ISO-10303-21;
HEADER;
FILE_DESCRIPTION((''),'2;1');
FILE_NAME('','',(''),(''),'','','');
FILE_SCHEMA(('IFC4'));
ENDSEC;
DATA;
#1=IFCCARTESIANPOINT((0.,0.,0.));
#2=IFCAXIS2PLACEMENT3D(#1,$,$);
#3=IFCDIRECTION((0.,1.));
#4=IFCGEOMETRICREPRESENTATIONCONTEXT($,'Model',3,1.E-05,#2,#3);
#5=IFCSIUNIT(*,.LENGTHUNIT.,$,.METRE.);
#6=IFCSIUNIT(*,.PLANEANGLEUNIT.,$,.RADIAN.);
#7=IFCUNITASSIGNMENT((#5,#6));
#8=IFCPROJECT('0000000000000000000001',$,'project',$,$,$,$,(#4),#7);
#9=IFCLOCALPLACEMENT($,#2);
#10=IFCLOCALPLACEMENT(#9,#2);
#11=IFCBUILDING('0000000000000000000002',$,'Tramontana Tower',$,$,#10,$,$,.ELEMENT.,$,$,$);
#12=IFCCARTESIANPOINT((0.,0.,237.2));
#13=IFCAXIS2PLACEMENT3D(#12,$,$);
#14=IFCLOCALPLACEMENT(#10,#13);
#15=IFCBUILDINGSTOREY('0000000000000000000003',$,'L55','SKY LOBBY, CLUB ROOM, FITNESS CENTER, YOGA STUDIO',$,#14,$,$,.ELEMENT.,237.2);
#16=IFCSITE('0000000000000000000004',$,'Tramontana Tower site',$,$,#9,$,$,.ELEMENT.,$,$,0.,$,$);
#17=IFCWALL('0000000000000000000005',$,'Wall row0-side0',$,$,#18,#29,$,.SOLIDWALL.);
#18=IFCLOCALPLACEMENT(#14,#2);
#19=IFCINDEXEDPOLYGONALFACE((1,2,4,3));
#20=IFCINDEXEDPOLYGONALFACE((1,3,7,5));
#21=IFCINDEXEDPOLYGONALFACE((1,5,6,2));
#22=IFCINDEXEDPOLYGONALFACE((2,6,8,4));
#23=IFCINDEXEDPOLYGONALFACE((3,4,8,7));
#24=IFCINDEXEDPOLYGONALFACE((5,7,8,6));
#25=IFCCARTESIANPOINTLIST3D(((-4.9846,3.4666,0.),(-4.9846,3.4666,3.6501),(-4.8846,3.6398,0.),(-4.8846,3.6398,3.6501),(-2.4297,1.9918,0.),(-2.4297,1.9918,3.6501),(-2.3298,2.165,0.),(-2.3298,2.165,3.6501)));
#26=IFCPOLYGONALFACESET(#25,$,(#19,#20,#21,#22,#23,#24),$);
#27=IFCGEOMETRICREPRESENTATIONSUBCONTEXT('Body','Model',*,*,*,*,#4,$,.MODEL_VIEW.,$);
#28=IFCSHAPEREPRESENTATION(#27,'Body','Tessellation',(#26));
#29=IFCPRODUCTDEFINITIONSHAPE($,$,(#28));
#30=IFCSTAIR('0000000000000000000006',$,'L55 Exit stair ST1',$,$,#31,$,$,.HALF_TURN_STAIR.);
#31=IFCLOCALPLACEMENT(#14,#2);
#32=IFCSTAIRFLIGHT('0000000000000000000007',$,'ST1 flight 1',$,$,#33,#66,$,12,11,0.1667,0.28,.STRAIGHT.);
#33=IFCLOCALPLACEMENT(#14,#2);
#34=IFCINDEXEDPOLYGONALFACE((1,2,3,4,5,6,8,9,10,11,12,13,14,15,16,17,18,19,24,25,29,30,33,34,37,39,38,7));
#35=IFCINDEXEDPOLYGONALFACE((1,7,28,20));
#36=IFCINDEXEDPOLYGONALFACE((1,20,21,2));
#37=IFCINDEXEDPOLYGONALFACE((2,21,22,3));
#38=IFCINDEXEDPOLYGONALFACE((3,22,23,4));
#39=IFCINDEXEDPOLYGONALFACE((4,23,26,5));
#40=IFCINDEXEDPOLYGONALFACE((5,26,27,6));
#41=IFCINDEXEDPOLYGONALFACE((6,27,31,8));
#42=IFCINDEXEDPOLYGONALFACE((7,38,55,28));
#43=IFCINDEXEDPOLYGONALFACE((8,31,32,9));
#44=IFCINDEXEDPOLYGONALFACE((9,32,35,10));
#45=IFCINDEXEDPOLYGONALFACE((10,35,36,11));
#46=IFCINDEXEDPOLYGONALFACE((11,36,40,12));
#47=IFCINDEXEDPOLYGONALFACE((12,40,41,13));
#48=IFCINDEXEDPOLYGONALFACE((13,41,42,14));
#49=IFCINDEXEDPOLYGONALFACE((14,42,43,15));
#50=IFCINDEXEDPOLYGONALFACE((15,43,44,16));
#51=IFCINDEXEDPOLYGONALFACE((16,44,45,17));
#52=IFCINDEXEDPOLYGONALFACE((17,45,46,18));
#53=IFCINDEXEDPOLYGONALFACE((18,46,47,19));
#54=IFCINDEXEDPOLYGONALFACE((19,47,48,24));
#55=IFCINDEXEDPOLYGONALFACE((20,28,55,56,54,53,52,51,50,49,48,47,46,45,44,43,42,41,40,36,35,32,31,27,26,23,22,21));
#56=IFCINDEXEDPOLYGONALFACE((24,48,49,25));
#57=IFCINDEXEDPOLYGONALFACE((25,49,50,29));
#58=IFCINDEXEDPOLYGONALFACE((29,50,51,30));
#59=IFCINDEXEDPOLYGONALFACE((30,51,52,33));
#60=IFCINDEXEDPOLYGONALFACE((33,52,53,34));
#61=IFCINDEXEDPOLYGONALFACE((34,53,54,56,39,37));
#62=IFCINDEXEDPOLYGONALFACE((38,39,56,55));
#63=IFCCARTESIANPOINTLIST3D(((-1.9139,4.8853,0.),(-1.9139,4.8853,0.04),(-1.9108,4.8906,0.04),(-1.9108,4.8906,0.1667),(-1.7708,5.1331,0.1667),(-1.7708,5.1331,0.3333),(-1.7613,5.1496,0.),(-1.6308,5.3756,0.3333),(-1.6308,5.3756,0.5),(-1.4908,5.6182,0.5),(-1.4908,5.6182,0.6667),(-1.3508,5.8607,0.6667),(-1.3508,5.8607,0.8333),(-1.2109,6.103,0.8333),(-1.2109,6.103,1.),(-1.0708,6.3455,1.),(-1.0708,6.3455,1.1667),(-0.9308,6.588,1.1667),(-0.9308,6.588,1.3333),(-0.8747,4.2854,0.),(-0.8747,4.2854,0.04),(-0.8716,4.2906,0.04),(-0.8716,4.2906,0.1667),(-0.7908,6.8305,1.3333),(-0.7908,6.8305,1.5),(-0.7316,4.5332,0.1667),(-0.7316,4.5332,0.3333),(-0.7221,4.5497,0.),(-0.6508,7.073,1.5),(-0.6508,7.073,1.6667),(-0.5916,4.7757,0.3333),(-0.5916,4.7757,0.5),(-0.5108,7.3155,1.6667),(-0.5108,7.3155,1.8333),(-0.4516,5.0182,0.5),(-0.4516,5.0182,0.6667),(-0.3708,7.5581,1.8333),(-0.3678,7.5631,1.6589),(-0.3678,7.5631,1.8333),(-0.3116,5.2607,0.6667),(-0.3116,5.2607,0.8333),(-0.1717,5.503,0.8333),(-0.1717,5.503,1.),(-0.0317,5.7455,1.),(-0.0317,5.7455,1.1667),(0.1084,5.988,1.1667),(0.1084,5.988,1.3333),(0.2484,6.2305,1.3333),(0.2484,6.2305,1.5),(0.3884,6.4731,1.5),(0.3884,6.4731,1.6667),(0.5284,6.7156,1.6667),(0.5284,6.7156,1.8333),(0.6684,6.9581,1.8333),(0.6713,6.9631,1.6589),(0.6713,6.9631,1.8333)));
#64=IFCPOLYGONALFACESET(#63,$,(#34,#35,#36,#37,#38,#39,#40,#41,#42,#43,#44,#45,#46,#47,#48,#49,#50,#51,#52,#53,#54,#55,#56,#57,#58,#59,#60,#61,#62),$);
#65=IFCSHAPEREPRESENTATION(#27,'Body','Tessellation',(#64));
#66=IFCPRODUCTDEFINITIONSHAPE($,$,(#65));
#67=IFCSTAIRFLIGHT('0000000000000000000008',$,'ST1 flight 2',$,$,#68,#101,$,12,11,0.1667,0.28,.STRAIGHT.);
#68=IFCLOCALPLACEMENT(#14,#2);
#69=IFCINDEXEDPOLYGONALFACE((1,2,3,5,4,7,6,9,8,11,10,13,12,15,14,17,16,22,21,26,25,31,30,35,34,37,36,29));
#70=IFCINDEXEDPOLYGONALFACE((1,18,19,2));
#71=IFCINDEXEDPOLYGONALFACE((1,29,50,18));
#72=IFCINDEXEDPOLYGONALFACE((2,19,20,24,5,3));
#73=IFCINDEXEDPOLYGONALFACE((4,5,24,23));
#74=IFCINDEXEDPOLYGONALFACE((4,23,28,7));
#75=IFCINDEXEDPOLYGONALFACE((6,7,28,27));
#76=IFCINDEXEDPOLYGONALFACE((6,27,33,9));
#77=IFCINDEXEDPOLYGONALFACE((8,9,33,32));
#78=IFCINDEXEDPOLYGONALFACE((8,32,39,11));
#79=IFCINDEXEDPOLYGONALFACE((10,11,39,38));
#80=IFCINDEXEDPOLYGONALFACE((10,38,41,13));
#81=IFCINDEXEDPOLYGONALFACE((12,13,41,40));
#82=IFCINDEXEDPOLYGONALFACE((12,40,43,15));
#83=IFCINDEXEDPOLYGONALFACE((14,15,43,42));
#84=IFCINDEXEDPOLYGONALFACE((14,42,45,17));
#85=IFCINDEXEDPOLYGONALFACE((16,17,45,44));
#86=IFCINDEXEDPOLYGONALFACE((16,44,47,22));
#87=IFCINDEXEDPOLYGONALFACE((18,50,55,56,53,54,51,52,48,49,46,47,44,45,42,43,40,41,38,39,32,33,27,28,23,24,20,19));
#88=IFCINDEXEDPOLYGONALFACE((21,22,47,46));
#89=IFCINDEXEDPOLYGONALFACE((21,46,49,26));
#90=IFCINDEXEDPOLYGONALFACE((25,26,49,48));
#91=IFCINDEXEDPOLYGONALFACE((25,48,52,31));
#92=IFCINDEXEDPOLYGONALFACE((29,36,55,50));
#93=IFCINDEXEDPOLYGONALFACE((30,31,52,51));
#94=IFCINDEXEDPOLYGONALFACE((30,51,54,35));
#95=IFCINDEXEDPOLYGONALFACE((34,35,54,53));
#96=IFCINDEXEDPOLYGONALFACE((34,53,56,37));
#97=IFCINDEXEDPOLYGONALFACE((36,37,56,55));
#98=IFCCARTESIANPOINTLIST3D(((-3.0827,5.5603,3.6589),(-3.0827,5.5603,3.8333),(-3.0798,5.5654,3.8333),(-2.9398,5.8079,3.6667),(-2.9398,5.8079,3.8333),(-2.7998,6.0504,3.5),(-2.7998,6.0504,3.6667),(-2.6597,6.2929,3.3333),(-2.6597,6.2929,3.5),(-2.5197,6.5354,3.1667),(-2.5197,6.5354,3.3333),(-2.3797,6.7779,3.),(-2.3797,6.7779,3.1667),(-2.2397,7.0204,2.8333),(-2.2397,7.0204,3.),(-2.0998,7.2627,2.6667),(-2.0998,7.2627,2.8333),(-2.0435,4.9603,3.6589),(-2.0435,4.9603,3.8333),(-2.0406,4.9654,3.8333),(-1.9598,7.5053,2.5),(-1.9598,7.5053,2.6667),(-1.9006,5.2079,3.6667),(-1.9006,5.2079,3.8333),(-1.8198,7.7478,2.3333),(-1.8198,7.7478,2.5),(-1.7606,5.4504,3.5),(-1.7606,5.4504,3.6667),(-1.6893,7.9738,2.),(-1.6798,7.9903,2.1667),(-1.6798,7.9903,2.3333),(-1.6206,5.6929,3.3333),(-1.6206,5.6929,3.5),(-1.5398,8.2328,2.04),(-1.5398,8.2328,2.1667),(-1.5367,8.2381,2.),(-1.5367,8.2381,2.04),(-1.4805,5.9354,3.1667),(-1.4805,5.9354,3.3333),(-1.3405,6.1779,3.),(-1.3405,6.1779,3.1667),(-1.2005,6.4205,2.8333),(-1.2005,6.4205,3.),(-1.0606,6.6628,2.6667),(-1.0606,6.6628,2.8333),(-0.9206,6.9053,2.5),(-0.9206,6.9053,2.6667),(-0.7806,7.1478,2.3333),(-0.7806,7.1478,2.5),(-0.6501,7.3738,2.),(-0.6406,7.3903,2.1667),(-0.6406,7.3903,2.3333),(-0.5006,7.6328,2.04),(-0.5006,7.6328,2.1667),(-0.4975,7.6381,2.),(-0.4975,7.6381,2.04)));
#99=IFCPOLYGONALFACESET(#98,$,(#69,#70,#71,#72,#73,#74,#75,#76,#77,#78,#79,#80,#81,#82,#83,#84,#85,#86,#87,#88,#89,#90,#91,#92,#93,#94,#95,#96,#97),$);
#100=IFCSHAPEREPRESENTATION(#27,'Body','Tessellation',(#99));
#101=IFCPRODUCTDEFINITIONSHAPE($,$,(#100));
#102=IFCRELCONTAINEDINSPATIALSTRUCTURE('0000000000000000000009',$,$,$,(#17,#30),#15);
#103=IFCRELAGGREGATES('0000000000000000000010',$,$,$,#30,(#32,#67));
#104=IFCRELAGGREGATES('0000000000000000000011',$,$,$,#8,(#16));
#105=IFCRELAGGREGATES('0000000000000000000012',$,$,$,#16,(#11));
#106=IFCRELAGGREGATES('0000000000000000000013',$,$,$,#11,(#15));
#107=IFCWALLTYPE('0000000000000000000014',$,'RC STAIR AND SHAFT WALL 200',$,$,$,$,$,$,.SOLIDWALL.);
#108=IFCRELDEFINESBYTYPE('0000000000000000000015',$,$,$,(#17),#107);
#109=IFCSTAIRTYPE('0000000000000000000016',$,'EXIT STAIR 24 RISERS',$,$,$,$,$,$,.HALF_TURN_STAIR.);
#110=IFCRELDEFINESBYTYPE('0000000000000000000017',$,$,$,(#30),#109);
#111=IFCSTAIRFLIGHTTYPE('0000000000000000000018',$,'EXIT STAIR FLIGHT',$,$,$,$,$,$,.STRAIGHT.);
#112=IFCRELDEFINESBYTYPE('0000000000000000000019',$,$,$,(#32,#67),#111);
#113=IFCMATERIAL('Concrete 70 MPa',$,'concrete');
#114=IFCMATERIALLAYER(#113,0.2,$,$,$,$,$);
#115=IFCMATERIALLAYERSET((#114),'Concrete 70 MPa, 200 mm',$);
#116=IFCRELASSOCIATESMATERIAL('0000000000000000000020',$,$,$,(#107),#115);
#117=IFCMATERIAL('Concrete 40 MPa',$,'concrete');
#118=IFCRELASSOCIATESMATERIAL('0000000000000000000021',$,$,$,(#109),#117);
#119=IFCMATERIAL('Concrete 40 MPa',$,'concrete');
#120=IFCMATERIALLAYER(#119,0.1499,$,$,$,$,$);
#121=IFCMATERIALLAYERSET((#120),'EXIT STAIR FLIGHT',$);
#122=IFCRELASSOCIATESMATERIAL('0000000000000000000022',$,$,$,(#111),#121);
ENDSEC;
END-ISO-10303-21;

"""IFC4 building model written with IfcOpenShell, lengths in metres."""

from ifc_helpers import new_model, si_unit, direction, frame, frame_2d, origin, place, context, subcontext, project, spatial, polyline, rectangle, outline, extrude, material, layer, layer_set, type_object, element, aggregate, save


model = new_model("IFC4")

# Units and contexts
model_context = context("Model", 3, precision=1e-05, world=origin(), true_north=direction((0.0, 1.0)))
body_context = subcontext(model_context, "Body", "Model", "MODEL_VIEW")
ifc_project = project(units=[si_unit("LENGTHUNIT", "METRE"), si_unit("PLANEANGLEUNIT", "RADIAN")], contexts=[model_context])

# Site, building, storey
site_placement = place(None, origin())
site = spatial("IfcSite", under=ifc_project, at=site_placement, Name="Tramontana Tower site", CompositionType="ELEMENT", RefElevation=0.0)
building_placement = place(site_placement, origin())
building = spatial("IfcBuilding", under=site, at=building_placement, Name="Tramontana Tower", CompositionType="ELEMENT")
storey_placement = place(building_placement, frame((0.0, 0.0, 237.2)))
storey = spatial("IfcBuildingStorey", under=building, at=storey_placement, Name="L55", Description="SKY LOBBY, CLUB ROOM, FITNESS CENTER, YOGA STUDIO", CompositionType="ELEMENT", Elevation=237.2)

# Shared definitions
ifc_material_1 = material(Name="Concrete 70 MPa", Category="concrete")
ifc_layer_1 = layer(ifc_material_1, 0.2)
ifc_layer_set_1 = layer_set([ifc_layer_1], Name="Concrete 70 MPa, 200 mm")
wall_type_1 = type_object("IfcWallType", Name="RC STAIR AND SHAFT WALL 200", PredefinedType="SOLIDWALL", material=ifc_layer_set_1)

# Wall
wall_1_placement = place(storey_placement, frame((-2.3796, 2.0784, 0.0), z_axis=(0.0, 0.0, 1.0), x_axis=(-0.86606, 0.49994, 0.0)))
element("IfcWall", 1, at=wall_1_placement, inside=storey, type_object=wall_type_1, Name="Wall row0-side0", PredefinedType="SOLIDWALL", context=body_context, shape_type="SweptSolid", body=[
    extrude(rectangle(XDim=2.95, YDim=0.2, at=frame_2d((1.4751, 0.0))), origin(), (0.0, 0.0, 1.0), 3.6501),
])

# Stair, stair flights
ifc_material_2 = material(Name="Concrete 40 MPa", Category="concrete")
stair_type = type_object("IfcStairType", Name="EXIT STAIR 24 RISERS", PredefinedType="HALF_TURN_STAIR", material=ifc_material_2)
stair_placement = place(storey_placement, origin())
stair = element("IfcStair", 2, at=stair_placement, inside=storey, type_object=stair_type, Name="L55 Exit stair ST1", PredefinedType="HALF_TURN_STAIR")
ifc_material_3 = material(Name="Concrete 40 MPa", Category="concrete")
ifc_layer_2 = layer(ifc_material_3, 0.1499)
ifc_layer_set_2 = layer_set([ifc_layer_2], Name="EXIT STAIR FLIGHT")
stair_flight_type = type_object("IfcStairFlightType", Name="EXIT STAIR FLIGHT", PredefinedType="STRAIGHT", material=ifc_layer_set_2)
stair_flight_1_placement = place(storey_placement, frame((-1.3911, 4.5906, 0.0), z_axis=(0.0, 0.0, 1.0), x_axis=(0.5, 0.866025, 0.0)))
stair_flight_1 = element("IfcStairFlight", 3, at=stair_flight_1_placement, type_object=stair_flight_type, Name="ST1 flight 1", NumberOfRisers=12, NumberOfTreads=11, PredefinedType="STRAIGHT", RiserHeight=0.1667, TreadLength=0.28, context=body_context, shape_type="SweptSolid", body=[
    extrude(outline(polyline([(-0.0061, 0.0), (-0.0061, 0.04), (0.0, 0.04), (0.0, 0.1667), (0.28, 0.1667), (0.28, 0.3333), (0.5601, 0.3333), (0.5601, 0.5), (0.8401, 0.5), (0.8401, 0.6667), (1.1201, 0.6667), (1.1201, 0.8333), (1.3999, 0.8333), (1.3999, 1.0), (1.6799, 1.0), (1.6799, 1.1667), (1.96, 1.1667), (1.96, 1.3333), (2.24, 1.3333), (2.24, 1.5), (2.52, 1.5), (2.52, 1.6667), (2.8, 1.6667), (2.8, 1.8333), (3.0801, 1.8333), (3.0859, 1.8333), (3.0859, 1.6589), (0.2991, 0.0), (-0.0061, 0.0)])), frame((0.0, 0.6001, 0.0), z_axis=(0.0, -1.0, 0.0), x_axis=(1.0, 0.0, 0.0)), (0.0, 0.0, 1.0), 1.2),
])
stair_flight_2_placement = place(storey_placement, frame((-1.0203, 7.9329, 2.0), z_axis=(0.0, 0.0, 1.0), x_axis=(-0.5, -0.866025, 0.0)))
stair_flight_2 = element("IfcStairFlight", 4, at=stair_flight_2_placement, type_object=stair_flight_type, Name="ST1 flight 2", NumberOfRisers=12, NumberOfTreads=11, PredefinedType="STRAIGHT", RiserHeight=0.1667, TreadLength=0.28, context=body_context, shape_type="SweptSolid", body=[
    extrude(outline(polyline([(-0.0061, 0.0), (-0.0061, 0.04), (0.0, 0.04), (0.0, 0.1667), (0.28, 0.1667), (0.28, 0.3333), (0.5601, 0.3333), (0.5601, 0.5), (0.8401, 0.5), (0.8401, 0.6667), (1.1201, 0.6667), (1.1201, 0.8333), (1.3999, 0.8333), (1.3999, 1.0), (1.6799, 1.0), (1.6799, 1.1667), (1.96, 1.1667), (1.96, 1.3333), (2.24, 1.3333), (2.24, 1.5), (2.52, 1.5), (2.52, 1.6667), (2.8, 1.6667), (2.8, 1.8333), (3.0801, 1.8333), (3.0859, 1.8333), (3.0859, 1.6589), (0.2991, 0.0), (-0.0061, 0.0)])), frame((0.0, 0.6001, 0.0), z_axis=(0.0, -1.0, 0.0), x_axis=(1.0, 0.0, 0.0)), (0.0, 0.0, 1.0), 1.2),
])
aggregate(stair, [stair_flight_1, stair_flight_2])

save(model, "model.ifc")
